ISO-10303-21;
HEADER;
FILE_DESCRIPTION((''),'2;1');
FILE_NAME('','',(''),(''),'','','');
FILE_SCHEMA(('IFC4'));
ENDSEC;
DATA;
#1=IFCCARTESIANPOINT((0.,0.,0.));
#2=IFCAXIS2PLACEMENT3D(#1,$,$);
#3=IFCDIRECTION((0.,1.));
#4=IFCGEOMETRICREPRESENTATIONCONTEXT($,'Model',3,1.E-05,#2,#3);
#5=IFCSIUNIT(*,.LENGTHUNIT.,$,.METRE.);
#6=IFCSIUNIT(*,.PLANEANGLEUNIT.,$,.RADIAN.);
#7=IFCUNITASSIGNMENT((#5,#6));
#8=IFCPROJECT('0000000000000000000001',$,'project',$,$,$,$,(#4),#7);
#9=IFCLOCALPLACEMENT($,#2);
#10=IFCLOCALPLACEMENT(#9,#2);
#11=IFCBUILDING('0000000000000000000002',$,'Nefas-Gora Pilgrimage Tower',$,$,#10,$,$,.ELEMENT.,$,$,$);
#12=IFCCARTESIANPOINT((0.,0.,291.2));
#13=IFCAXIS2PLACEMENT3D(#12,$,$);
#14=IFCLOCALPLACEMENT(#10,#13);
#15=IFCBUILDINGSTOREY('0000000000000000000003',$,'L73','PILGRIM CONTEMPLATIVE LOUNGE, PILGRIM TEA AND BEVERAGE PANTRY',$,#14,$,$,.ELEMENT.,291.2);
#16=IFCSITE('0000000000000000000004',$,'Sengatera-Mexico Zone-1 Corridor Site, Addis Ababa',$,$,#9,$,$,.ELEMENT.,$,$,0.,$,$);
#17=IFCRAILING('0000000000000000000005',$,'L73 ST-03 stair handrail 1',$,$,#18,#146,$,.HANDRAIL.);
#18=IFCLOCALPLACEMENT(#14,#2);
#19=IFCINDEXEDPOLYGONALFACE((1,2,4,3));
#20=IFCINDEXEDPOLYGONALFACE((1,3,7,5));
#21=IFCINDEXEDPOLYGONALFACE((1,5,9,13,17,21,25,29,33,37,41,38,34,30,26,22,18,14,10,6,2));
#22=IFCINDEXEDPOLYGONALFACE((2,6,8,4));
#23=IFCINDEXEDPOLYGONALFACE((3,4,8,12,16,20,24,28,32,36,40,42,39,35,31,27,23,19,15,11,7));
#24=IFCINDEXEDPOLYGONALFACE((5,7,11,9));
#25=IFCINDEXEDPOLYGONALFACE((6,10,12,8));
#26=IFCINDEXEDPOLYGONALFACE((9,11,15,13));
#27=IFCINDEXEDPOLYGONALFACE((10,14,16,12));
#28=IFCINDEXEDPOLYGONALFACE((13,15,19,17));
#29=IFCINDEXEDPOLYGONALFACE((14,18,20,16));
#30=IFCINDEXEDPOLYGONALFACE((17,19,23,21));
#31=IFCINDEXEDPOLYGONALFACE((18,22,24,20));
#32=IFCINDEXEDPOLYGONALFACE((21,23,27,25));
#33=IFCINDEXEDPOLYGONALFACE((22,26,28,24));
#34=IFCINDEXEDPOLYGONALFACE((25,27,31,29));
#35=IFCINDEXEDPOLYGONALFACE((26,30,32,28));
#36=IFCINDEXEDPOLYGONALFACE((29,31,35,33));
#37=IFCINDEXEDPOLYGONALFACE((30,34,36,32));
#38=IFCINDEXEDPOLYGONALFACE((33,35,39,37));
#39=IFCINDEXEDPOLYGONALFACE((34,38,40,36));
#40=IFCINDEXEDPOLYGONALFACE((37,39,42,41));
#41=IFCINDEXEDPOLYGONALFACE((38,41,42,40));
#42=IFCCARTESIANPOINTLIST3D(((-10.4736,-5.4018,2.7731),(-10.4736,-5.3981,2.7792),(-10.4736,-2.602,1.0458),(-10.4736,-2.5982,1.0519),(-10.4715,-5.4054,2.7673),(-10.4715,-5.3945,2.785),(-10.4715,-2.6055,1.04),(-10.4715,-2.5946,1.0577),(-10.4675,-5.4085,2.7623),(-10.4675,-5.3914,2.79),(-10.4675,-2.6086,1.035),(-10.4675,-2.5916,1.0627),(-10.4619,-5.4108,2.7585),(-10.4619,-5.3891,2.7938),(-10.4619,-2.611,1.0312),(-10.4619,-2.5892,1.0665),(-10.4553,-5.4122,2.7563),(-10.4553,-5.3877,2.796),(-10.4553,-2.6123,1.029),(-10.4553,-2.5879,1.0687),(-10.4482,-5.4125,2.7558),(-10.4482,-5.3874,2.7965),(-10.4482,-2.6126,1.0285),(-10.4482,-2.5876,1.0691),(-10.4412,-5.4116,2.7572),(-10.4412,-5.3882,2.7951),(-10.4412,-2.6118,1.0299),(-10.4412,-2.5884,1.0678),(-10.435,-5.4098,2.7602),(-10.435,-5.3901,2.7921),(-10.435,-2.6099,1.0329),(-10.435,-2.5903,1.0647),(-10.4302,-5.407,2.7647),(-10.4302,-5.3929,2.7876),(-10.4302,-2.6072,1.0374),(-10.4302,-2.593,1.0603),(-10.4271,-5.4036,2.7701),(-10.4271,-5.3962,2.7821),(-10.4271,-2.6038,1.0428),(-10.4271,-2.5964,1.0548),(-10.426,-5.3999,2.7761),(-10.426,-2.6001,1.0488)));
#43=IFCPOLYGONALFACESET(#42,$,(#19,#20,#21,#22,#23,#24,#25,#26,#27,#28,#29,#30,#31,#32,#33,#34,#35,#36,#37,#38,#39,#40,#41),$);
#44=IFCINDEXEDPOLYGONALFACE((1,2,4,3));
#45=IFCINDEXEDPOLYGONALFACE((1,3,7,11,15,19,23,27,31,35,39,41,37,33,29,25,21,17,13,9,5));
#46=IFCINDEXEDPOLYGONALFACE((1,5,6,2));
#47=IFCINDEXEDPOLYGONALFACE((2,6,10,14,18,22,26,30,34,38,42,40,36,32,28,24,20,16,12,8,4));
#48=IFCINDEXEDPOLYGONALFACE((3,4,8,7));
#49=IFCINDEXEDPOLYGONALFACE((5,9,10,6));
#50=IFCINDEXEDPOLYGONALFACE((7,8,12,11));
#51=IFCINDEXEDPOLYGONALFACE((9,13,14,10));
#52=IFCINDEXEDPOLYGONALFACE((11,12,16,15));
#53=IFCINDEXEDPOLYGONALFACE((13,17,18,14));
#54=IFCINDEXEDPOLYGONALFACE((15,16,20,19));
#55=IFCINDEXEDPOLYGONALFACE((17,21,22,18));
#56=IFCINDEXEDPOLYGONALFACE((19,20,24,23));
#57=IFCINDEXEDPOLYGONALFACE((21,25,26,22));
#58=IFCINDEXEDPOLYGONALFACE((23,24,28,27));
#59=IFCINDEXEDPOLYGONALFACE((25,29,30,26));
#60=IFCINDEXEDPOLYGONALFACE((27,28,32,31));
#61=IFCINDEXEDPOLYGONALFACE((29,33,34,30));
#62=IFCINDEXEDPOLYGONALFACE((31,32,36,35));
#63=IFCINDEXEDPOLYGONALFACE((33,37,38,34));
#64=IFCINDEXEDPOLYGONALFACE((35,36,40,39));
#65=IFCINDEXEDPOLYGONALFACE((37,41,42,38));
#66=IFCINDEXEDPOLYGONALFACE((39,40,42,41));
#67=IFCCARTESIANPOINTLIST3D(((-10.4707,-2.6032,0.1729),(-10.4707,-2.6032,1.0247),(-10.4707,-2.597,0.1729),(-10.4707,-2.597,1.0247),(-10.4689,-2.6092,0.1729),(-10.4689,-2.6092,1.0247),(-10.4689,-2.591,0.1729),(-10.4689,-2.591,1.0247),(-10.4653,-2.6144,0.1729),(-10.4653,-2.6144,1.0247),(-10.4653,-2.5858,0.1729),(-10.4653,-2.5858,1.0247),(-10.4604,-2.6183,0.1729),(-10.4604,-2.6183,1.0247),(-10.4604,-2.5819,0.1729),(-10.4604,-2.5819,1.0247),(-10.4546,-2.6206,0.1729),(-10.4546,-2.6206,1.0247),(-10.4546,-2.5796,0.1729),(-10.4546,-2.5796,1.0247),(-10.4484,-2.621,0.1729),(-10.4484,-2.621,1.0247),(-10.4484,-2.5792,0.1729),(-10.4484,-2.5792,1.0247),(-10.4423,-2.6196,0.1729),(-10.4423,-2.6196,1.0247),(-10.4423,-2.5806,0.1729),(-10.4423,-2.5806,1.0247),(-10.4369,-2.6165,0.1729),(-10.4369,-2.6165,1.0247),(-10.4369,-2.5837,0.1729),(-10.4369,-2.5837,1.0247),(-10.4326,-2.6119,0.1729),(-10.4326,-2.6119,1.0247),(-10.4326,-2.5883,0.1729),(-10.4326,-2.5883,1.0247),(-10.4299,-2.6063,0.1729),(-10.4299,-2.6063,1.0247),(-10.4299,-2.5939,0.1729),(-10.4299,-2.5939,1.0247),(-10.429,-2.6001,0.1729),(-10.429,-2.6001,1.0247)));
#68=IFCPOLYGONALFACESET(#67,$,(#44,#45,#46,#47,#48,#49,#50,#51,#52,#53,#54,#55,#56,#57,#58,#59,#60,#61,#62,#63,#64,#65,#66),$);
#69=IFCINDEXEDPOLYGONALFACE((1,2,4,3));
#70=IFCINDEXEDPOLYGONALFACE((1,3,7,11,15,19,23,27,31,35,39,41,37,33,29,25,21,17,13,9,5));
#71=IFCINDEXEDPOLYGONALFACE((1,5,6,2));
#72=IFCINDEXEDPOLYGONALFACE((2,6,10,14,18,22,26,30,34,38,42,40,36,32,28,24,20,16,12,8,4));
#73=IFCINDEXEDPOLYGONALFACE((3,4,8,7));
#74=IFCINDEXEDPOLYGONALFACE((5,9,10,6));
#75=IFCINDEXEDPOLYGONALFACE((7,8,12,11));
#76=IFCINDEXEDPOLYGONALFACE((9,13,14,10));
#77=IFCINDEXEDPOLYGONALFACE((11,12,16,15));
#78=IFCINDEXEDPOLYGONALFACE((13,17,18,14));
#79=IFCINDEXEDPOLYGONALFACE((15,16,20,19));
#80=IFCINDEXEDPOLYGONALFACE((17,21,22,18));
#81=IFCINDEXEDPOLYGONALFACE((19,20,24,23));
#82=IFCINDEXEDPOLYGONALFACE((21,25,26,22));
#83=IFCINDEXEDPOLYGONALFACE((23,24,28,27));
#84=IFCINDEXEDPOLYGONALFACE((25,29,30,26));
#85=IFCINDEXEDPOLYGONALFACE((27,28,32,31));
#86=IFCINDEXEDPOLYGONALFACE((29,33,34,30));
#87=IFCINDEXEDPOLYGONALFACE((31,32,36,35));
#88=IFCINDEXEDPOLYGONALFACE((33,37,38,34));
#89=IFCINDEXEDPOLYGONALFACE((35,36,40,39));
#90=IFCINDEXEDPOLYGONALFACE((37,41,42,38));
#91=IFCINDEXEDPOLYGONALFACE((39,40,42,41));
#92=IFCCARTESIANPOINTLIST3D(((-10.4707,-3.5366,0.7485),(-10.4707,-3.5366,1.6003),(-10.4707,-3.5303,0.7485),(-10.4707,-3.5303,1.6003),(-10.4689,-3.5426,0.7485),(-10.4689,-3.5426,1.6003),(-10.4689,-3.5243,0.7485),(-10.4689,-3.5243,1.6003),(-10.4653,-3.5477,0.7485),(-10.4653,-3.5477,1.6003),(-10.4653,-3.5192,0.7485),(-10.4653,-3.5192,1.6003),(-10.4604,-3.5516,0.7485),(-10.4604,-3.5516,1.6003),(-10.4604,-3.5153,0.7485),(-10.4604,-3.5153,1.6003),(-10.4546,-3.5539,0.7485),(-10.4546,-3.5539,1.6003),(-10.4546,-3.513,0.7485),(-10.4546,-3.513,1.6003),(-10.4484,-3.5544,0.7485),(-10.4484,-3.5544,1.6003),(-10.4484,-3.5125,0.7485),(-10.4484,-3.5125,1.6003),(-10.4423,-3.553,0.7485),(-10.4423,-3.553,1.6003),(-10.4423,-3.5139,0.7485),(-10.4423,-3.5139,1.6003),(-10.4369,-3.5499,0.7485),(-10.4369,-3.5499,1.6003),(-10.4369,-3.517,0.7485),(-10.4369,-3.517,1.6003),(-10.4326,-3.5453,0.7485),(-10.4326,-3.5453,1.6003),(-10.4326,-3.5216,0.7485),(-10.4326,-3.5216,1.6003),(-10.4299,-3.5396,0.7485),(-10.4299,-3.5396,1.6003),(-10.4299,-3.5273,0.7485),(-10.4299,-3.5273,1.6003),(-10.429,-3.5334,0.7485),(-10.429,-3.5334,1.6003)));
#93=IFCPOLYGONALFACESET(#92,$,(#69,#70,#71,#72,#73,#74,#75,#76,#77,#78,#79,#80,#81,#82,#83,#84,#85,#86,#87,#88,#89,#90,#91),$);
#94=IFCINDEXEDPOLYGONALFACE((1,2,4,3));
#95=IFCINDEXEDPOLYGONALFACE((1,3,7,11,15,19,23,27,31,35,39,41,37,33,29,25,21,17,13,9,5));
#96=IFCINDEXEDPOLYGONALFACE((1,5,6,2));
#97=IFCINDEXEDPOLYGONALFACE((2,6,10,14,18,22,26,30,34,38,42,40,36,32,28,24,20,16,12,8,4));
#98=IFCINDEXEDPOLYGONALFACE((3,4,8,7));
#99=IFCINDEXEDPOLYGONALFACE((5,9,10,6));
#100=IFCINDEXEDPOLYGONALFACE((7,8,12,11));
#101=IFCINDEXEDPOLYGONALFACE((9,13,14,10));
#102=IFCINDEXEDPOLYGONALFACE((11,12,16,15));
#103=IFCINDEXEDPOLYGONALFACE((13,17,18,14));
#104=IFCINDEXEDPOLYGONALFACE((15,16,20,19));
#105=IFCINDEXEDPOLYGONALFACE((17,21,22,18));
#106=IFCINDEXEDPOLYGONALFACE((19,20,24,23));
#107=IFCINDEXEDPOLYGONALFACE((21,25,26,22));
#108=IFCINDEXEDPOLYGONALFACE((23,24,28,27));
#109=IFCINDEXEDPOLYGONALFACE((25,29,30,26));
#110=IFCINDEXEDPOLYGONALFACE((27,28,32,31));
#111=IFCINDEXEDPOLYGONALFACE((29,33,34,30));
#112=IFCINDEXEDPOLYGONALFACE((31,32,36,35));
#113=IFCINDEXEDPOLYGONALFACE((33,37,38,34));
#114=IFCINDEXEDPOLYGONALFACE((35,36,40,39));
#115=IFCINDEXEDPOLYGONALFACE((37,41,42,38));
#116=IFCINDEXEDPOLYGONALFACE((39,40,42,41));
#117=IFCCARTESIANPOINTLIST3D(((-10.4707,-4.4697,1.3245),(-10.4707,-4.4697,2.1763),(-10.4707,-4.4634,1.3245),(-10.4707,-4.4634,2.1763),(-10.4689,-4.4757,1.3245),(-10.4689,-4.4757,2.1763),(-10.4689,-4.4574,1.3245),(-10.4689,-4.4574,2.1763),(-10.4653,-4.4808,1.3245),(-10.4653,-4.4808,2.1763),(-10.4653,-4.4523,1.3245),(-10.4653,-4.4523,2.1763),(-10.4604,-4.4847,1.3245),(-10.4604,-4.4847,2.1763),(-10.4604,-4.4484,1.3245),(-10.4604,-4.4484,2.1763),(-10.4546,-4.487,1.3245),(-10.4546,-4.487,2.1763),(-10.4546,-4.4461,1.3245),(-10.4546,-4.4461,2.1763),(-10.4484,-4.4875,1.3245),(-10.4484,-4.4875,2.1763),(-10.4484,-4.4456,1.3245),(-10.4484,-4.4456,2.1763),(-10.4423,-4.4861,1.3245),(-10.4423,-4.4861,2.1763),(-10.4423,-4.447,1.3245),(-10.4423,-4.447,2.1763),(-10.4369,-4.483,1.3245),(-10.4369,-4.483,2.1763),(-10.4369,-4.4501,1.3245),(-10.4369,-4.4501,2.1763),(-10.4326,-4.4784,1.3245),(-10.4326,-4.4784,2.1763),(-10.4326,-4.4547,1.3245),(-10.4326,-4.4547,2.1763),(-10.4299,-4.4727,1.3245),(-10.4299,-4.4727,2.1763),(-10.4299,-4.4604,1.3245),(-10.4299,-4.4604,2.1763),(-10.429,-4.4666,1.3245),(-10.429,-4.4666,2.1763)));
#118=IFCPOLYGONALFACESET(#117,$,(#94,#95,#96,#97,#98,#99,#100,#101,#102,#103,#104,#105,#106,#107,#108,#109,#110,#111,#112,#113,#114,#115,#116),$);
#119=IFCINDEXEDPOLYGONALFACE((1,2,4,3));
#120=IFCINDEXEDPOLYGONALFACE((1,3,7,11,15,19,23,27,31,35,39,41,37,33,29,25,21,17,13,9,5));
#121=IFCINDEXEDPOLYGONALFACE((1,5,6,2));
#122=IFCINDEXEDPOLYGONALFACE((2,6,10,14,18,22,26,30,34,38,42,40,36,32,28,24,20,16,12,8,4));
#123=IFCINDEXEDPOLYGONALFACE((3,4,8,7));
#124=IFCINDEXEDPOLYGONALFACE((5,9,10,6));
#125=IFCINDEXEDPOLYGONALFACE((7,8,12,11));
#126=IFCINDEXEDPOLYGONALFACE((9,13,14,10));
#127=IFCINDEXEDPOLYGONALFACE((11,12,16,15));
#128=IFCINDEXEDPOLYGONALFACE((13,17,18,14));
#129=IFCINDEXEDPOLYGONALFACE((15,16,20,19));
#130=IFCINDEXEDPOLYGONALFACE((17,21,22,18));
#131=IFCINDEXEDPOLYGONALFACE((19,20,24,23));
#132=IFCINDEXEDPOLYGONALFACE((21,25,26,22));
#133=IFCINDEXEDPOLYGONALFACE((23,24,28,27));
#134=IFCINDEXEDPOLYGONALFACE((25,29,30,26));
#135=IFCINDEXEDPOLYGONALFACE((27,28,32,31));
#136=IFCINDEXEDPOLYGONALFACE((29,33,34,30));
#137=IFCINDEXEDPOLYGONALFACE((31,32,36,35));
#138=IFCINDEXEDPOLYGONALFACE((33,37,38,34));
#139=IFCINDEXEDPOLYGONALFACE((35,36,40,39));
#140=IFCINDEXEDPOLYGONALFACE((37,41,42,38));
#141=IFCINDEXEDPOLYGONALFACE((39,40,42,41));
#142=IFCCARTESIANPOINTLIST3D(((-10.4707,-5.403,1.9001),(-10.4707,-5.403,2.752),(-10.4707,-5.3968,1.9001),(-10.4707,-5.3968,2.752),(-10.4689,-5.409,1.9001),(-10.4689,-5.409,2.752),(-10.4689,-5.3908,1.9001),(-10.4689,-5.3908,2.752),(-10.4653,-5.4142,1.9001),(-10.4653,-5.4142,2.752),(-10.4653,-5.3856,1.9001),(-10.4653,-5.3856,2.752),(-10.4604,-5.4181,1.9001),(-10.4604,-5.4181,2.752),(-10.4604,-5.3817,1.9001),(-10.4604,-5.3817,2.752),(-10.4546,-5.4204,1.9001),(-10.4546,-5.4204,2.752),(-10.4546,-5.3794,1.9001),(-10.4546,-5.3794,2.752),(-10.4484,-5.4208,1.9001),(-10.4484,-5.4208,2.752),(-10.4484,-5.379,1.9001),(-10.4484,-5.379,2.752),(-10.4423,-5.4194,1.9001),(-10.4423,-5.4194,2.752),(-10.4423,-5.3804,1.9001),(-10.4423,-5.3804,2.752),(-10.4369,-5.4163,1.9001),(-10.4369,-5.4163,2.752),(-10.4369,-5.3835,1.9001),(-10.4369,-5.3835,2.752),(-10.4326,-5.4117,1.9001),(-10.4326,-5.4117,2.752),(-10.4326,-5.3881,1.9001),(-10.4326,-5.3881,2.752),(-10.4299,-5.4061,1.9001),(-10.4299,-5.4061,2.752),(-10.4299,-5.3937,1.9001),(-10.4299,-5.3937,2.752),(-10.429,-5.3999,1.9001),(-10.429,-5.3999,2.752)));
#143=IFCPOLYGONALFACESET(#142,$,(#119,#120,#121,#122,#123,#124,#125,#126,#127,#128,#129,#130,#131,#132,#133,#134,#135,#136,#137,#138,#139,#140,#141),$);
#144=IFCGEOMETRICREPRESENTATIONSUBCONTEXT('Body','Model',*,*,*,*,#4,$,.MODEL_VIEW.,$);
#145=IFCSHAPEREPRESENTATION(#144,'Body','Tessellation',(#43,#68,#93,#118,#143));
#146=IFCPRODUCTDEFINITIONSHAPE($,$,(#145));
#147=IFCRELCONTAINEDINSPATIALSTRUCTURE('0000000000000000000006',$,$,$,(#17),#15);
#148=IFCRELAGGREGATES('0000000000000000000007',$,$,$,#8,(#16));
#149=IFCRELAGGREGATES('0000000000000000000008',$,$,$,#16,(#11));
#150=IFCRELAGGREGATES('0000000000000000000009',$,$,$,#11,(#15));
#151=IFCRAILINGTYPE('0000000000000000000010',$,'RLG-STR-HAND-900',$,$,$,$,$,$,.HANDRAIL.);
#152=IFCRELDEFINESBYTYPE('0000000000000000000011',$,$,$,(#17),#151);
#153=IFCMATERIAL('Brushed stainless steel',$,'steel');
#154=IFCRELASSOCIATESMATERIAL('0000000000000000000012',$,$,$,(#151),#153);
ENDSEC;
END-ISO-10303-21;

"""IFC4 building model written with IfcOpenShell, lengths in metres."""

from ifc_helpers import new_model, si_unit, direction, frame, origin, origin_2d, place, context, subcontext, project, spatial, circle, extrude, material, type_object, element, save


model = new_model("IFC4")

# Units and contexts
model_context = context("Model", 3, precision=1e-05, world=origin(), true_north=direction((0.0, 1.0)))
body_context = subcontext(model_context, "Body", "Model", "MODEL_VIEW")
ifc_project = project(units=[si_unit("LENGTHUNIT", "METRE"), si_unit("PLANEANGLEUNIT", "RADIAN")], contexts=[model_context])

# Site, building, storey
site_placement = place(None, origin())
site = spatial("IfcSite", under=ifc_project, at=site_placement, Name="Sengatera-Mexico Zone-1 Corridor Site, Addis Ababa", CompositionType="ELEMENT", RefElevation=0.0)
building_placement = place(site_placement, origin())
building = spatial("IfcBuilding", under=site, at=building_placement, Name="Nefas-Gora Pilgrimage Tower", CompositionType="ELEMENT")
storey_placement = place(building_placement, frame((0.0, 0.0, 291.2)))
storey = spatial("IfcBuildingStorey", under=building, at=storey_placement, Name="L73", Description="PILGRIM CONTEMPLATIVE LOUNGE, PILGRIM TEA AND BEVERAGE PANTRY", CompositionType="ELEMENT", Elevation=291.2)

# Railing
ifc_material_1 = material(Name="Brushed stainless steel", Category="steel")
railing_type_1 = type_object("IfcRailingType", Name="RLG-STR-HAND-900", PredefinedType="HANDRAIL", material=ifc_material_1)
railing_1_placement = place(storey_placement, frame((-10.45, -2.6001, 0.1729)))
element("IfcRailing", 1, at=railing_1_placement, inside=storey, type_object=railing_type_1, Name="L73 ST-03 stair handrail 1", PredefinedType="HANDRAIL", context=body_context, shape_type="SweptSolid", body=[
    extrude(circle(Radius=0.0239, at=origin_2d()), frame((0.0, 0.0, 0.876), z_axis=(0.0, -0.851069, 0.525054), x_axis=(1.0, 0.0, 0.0)), (0.0, 0.0, 1.0), 3.2898),
    extrude(circle(Radius=0.021, at=origin_2d()), origin(), (0.0, 0.0, 1.0), 0.8518),
    extrude(circle(Radius=0.021, at=origin_2d()), frame((0.0, -0.9333, 0.5757)), (0.0, 0.0, 1.0), 0.8518),
    extrude(circle(Radius=0.021, at=origin_2d()), frame((0.0, -1.8665, 1.1516)), (0.0, 0.0, 1.0), 0.8518),
    extrude(circle(Radius=0.021, at=origin_2d()), frame((0.0, -2.7998, 1.7273)), (0.0, 0.0, 1.0), 0.8518),
])

save(model, "model.ifc")
